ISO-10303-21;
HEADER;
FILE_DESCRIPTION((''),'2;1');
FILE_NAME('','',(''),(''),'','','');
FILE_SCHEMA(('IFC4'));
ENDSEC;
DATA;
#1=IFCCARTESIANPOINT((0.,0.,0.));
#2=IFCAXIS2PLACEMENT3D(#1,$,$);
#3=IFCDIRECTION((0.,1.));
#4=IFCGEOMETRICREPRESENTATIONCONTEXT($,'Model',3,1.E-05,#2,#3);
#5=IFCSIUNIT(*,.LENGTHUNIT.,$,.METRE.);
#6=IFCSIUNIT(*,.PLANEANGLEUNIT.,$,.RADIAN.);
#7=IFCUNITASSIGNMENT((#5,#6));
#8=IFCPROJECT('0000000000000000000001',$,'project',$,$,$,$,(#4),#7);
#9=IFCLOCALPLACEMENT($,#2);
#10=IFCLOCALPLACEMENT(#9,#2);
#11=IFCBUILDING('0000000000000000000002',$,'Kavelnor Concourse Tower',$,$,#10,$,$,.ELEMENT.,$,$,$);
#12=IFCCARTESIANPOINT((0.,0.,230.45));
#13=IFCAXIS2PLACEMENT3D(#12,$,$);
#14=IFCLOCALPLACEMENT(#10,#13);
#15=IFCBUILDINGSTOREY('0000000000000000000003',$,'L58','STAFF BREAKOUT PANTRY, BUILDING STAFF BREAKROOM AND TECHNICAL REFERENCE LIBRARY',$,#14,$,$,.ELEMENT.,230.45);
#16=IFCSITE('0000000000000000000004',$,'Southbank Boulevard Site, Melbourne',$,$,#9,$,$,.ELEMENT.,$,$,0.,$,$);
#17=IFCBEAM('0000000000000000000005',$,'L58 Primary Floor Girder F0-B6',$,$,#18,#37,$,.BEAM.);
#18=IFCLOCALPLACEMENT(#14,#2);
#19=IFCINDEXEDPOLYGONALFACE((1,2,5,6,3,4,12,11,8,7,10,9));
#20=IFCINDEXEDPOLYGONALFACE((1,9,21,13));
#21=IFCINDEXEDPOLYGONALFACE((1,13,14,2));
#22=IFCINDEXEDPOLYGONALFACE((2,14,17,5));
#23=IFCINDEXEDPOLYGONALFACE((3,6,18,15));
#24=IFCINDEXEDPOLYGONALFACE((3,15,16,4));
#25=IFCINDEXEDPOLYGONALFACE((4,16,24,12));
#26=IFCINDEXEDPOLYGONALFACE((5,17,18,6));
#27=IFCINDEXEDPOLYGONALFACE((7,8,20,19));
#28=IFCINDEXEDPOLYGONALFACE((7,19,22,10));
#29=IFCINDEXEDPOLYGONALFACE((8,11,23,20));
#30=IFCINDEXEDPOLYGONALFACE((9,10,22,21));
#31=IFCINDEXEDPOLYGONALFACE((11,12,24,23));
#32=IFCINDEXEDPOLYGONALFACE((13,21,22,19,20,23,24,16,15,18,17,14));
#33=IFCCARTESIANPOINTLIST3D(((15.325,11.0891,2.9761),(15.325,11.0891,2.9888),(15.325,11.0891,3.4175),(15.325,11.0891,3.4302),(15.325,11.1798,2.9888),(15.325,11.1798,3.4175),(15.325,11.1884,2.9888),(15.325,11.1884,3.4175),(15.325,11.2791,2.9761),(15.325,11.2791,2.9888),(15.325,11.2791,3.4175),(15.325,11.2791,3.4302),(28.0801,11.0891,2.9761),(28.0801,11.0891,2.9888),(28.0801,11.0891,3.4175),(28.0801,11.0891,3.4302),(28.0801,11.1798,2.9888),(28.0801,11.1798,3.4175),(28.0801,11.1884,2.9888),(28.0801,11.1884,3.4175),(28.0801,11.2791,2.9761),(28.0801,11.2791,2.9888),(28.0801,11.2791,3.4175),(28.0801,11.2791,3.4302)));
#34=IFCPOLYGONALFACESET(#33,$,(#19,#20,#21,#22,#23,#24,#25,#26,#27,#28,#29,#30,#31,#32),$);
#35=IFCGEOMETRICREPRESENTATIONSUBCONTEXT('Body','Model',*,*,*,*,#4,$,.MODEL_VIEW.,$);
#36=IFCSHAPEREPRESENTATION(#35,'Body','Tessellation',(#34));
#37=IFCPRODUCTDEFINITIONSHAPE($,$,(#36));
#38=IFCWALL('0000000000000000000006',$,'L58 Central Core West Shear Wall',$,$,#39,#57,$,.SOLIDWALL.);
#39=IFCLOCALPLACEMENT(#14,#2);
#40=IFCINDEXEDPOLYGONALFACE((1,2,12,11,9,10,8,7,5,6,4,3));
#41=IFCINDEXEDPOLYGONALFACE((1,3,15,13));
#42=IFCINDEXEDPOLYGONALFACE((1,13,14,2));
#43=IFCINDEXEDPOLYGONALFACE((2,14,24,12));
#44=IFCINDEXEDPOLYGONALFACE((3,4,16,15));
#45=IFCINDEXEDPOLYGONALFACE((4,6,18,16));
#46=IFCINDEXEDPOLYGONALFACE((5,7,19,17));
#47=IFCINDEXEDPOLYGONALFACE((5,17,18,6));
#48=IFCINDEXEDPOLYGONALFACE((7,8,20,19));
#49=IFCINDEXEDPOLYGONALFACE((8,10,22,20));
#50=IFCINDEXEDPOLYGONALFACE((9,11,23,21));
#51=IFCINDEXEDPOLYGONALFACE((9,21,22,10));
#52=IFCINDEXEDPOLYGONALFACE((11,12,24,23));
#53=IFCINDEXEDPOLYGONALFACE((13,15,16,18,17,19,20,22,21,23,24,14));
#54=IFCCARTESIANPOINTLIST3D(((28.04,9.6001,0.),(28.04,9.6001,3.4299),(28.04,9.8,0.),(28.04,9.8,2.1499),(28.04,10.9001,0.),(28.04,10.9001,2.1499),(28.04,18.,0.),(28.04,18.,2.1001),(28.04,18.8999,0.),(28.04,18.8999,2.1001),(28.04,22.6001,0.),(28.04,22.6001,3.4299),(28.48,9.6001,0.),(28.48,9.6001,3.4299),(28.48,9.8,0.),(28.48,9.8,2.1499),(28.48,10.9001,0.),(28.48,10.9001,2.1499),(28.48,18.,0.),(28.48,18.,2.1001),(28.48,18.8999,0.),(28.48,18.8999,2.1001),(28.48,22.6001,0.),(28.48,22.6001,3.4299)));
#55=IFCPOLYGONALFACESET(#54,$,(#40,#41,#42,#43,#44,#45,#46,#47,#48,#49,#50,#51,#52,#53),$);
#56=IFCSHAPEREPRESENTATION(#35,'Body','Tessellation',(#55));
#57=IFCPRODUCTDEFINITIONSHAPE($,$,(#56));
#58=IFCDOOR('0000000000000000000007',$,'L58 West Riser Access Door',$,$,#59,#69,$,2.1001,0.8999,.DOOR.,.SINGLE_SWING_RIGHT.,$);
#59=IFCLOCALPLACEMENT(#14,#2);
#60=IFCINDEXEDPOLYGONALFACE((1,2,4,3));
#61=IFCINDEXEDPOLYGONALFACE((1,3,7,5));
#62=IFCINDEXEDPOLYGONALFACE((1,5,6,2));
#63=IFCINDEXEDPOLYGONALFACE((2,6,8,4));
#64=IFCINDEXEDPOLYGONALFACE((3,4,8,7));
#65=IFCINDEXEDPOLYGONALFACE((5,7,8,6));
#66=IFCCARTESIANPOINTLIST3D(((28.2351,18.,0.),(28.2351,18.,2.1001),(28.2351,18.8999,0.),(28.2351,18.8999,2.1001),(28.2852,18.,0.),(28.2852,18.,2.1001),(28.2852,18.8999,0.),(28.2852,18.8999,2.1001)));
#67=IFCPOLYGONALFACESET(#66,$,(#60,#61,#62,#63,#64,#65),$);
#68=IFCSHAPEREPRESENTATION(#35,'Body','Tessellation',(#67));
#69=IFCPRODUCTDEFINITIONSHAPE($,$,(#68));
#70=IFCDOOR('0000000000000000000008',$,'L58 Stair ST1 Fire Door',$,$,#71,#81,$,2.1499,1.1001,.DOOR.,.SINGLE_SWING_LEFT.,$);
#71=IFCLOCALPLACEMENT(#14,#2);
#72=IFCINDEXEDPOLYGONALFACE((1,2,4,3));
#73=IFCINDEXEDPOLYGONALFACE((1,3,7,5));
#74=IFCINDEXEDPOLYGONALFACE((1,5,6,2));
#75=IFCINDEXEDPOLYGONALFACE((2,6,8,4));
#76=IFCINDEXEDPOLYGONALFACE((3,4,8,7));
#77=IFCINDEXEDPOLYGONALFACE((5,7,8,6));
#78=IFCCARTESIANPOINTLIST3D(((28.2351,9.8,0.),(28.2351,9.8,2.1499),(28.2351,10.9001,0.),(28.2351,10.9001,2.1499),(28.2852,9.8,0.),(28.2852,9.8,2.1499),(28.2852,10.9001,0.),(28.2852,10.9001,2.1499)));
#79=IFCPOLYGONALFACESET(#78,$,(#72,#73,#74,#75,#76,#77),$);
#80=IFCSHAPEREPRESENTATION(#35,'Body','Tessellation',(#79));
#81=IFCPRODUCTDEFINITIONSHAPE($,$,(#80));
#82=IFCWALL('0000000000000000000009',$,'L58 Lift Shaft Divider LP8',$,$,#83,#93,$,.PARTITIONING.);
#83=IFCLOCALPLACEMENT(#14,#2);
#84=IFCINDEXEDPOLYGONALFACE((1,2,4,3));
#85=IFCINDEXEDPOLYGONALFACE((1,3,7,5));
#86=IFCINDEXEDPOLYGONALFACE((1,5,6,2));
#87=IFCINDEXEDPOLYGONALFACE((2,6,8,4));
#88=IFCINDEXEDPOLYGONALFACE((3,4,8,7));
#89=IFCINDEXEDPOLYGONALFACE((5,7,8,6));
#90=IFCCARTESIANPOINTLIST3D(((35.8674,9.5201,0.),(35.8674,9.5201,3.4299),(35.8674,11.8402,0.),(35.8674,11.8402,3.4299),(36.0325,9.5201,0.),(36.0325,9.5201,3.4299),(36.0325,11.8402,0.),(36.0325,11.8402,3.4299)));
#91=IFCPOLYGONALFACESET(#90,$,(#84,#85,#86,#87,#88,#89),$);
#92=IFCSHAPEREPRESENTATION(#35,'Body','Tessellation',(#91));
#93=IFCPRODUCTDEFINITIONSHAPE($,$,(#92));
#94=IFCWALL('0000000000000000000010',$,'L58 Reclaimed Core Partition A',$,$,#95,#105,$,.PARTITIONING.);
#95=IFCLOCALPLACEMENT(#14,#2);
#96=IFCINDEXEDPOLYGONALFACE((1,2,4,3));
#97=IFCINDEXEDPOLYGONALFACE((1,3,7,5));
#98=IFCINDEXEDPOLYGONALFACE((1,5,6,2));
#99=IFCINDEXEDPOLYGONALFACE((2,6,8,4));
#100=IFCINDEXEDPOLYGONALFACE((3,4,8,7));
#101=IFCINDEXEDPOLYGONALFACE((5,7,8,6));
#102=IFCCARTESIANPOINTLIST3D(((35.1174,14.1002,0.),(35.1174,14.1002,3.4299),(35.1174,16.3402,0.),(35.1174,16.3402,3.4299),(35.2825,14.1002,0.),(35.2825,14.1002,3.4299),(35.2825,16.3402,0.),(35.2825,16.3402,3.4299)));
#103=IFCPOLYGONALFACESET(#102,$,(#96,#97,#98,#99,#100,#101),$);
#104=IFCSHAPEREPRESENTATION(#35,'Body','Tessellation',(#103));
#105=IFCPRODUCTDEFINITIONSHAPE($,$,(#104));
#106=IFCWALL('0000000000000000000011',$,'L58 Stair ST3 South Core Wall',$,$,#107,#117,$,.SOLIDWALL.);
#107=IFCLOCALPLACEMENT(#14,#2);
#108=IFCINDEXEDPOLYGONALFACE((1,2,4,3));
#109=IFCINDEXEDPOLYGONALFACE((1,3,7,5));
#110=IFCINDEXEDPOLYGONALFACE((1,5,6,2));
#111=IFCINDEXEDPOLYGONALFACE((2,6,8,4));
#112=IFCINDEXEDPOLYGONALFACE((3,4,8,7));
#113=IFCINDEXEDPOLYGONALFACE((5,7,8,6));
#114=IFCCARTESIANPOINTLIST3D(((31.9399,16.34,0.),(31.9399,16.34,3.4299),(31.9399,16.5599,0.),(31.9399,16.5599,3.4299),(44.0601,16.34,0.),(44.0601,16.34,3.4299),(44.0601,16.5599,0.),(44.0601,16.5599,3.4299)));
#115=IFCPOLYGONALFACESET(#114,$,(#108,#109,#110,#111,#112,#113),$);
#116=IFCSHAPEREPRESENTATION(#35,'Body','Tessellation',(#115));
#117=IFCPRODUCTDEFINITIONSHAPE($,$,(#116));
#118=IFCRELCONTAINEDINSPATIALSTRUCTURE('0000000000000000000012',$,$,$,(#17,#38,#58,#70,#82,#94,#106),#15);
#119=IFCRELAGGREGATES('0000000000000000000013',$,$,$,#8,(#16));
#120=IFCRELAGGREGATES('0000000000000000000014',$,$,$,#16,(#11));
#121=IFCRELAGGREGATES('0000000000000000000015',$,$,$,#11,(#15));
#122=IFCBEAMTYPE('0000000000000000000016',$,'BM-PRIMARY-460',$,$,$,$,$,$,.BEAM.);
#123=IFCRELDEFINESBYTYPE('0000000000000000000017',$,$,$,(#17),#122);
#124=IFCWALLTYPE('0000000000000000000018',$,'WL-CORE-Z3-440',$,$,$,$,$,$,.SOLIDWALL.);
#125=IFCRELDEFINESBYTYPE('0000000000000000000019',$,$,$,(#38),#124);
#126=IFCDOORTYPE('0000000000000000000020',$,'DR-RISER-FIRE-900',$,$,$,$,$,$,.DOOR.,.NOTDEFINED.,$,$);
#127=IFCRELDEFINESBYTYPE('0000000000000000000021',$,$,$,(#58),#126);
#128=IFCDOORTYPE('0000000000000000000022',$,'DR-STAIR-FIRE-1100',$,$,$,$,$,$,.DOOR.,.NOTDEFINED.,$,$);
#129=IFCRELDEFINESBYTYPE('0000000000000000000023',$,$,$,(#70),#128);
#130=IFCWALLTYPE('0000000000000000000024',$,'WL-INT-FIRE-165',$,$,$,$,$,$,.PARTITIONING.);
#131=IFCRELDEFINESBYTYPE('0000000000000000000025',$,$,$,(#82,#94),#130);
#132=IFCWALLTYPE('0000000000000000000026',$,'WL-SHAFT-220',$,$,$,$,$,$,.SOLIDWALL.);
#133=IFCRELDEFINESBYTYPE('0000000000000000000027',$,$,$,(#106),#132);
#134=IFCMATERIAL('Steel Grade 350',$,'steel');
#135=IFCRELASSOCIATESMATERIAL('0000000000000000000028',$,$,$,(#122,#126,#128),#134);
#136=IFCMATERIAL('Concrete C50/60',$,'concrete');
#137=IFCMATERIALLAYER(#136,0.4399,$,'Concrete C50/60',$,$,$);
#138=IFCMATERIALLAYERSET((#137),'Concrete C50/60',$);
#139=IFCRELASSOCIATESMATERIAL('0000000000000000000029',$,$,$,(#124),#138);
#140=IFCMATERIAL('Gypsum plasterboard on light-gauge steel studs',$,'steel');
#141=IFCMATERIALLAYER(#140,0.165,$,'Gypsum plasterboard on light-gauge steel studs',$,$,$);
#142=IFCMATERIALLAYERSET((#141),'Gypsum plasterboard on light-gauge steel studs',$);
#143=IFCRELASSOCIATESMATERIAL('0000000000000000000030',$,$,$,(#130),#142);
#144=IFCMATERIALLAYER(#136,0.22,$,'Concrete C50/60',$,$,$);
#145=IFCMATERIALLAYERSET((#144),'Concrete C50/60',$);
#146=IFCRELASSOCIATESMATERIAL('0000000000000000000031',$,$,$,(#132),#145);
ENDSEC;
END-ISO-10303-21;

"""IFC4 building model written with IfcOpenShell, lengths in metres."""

from ifc_helpers import new_model, si_unit, direction, frame, frame_2d, origin, origin_2d, place, context, subcontext, project, spatial, rectangle, i_section, extrude, material, layer, layer_set, material_profile, profile_set, type_object, element, fill, save


model = new_model("IFC4")

# Units and contexts
model_context = context("Model", 3, precision=1e-05, world=origin(), true_north=direction((0.0, 1.0)))
body_context = subcontext(model_context, "Body", "Model", "MODEL_VIEW")
ifc_project = project(units=[si_unit("LENGTHUNIT", "METRE"), si_unit("PLANEANGLEUNIT", "RADIAN")], contexts=[model_context])

# Site, building, storey
site_placement = place(None, origin())
site = spatial("IfcSite", under=ifc_project, at=site_placement, Name="Southbank Boulevard Site, Melbourne", CompositionType="ELEMENT", RefElevation=0.0)
building_placement = place(site_placement, origin())
building = spatial("IfcBuilding", under=site, at=building_placement, Name="Kavelnor Concourse Tower", CompositionType="ELEMENT")
storey_placement = place(building_placement, frame((0.0, 0.0, 230.45)))
storey = spatial("IfcBuildingStorey", under=building, at=storey_placement, Name="L58", Description="STAFF BREAKOUT PANTRY, BUILDING STAFF BREAKROOM AND TECHNICAL REFERENCE LIBRARY", CompositionType="ELEMENT", Elevation=230.45)

# Beam
ifc_material_1 = material(Name="Steel Grade 350", Category="steel")
ifc_material_profile = material_profile(ifc_material_1, i_section(OverallWidth=0.1899, OverallDepth=0.4541, WebThickness=0.0085, FlangeThickness=0.0127, at=origin_2d()), Name="460UB67")
ifc_profile_set = profile_set([ifc_material_profile], Name="Steel Grade 350")
beam_type = type_object("IfcBeamType", Name="BM-PRIMARY-460", PredefinedType="BEAM", material=ifc_profile_set)
beam_placement = place(storey_placement, frame((28.0801, 11.1841, 3.2031), z_axis=(-1.0, 0.0, 0.0), x_axis=(0.0, -1.0, 0.0)))
element("IfcBeam", 1, at=beam_placement, inside=storey, type_object=beam_type, Name="L58 Primary Floor Girder F0-B6", PredefinedType="BEAM", context=body_context, shape_type="SweptSolid", body=[
    extrude(i_section(OverallWidth=0.1899, OverallDepth=0.4541, WebThickness=0.0085, FlangeThickness=0.0127, at=origin_2d()), origin(), (0.0, 0.0, 1.0), 12.7551),
])

# Wall, openings, doors
ifc_material_2 = material(Name="Concrete C50/60", Category="concrete")
ifc_layer_1 = layer(ifc_material_2, 0.4399, Name="Concrete C50/60")
ifc_layer_set_1 = layer_set([ifc_layer_1], Name="Concrete C50/60")
wall_type_1 = type_object("IfcWallType", Name="WL-CORE-Z3-440", PredefinedType="SOLIDWALL", material=ifc_layer_set_1)
wall_1_placement = place(storey_placement, frame((28.26, 9.6001, 0.0), z_axis=(0.0, 0.0, 1.0), x_axis=(0.0, 1.0, 0.0)))
wall_1 = element("IfcWall", 2, at=wall_1_placement, inside=storey, type_object=wall_type_1, Name="L58 Central Core West Shear Wall", PredefinedType="SOLIDWALL", context=body_context, shape_type="SweptSolid", body=[
    extrude(rectangle(XDim=13.0, YDim=0.4399, at=frame_2d((6.5, 0.0))), origin(), (0.0, 0.0, 1.0), 3.4299),
])
opening_1_placement = place(wall_1_placement, frame((0.2, 0.0, 0.0)))
opening_1 = element("IfcOpeningElement", 3, at=opening_1_placement, cuts=wall_1, PredefinedType="OPENING", context=body_context, shape_type="SweptSolid", body=[
    extrude(rectangle(XDim=1.1001, YDim=2.1499, at=frame_2d((0.55, 1.075))), frame((0.0, 0.23, 0.0), z_axis=(0.0, -1.0, 0.0), x_axis=(1.0, 0.0, 0.0)), (0.0, 0.0, 1.0), 0.46),
])
opening_2_placement = place(wall_1_placement, frame((8.3999, 0.0, 0.0)))
opening_2 = element("IfcOpeningElement", 4, at=opening_2_placement, cuts=wall_1, PredefinedType="OPENING", context=body_context, shape_type="SweptSolid", body=[
    extrude(rectangle(XDim=0.8999, YDim=2.1001, at=frame_2d((0.45, 1.05))), frame((0.0, 0.23, 0.0), z_axis=(0.0, -1.0, 0.0), x_axis=(1.0, 0.0, 0.0)), (0.0, 0.0, 1.0), 0.46),
])
door_type_1 = type_object("IfcDoorType", Name="DR-RISER-FIRE-900", OperationType="NOTDEFINED", PredefinedType="DOOR", material=ifc_material_1)
door_1_placement = place(opening_2_placement, origin())
door_1 = element("IfcDoor", 5, at=door_1_placement, inside=storey, type_object=door_type_1, Name="L58 West Riser Access Door", OperationType="SINGLE_SWING_RIGHT", OverallHeight=2.1001, OverallWidth=0.8999, PredefinedType="DOOR", context=body_context, shape_type="SweptSolid", body=[
    extrude(rectangle(XDim=0.8999, YDim=2.1001, at=frame_2d((0.45, 1.05))), frame((0.0, 0.0249, 0.0), z_axis=(0.0, -1.0, 0.0), x_axis=(1.0, 0.0, 0.0)), (0.0, 0.0, 1.0), 0.05),
])
fill(opening_2, door_1)
door_type_2 = type_object("IfcDoorType", Name="DR-STAIR-FIRE-1100", OperationType="NOTDEFINED", PredefinedType="DOOR", material=ifc_material_1)
door_2_placement = place(opening_1_placement, origin())
door_2 = element("IfcDoor", 6, at=door_2_placement, inside=storey, type_object=door_type_2, Name="L58 Stair ST1 Fire Door", OperationType="SINGLE_SWING_LEFT", OverallHeight=2.1499, OverallWidth=1.1001, PredefinedType="DOOR", context=body_context, shape_type="SweptSolid", body=[
    extrude(rectangle(XDim=1.1001, YDim=2.1499, at=frame_2d((0.55, 1.075))), frame((0.0, 0.0249, 0.0), z_axis=(0.0, -1.0, 0.0), x_axis=(1.0, 0.0, 0.0)), (0.0, 0.0, 1.0), 0.05),
])
fill(opening_1, door_2)

# Walls
ifc_material_3 = material(Name="Gypsum plasterboard on light-gauge steel studs", Category="steel")
ifc_layer_2 = layer(ifc_material_3, 0.165, Name="Gypsum plasterboard on light-gauge steel studs")
ifc_layer_set_2 = layer_set([ifc_layer_2], Name="Gypsum plasterboard on light-gauge steel studs")
wall_type_2 = type_object("IfcWallType", Name="WL-INT-FIRE-165", PredefinedType="PARTITIONING", material=ifc_layer_set_2)
wall_2_placement = place(storey_placement, frame((35.95, 9.52, 0.0), z_axis=(0.0, 0.0, 1.0), x_axis=(0.0, 1.0, 0.0)))
element("IfcWall", 7, at=wall_2_placement, inside=storey, type_object=wall_type_2, Name="L58 Lift Shaft Divider LP8", PredefinedType="PARTITIONING", context=body_context, shape_type="SweptSolid", body=[
    extrude(rectangle(XDim=2.3201, YDim=0.165, at=frame_2d((1.1602, 0.0))), origin(), (0.0, 0.0, 1.0), 3.4299),
])
wall_3_placement = place(storey_placement, frame((35.2, 14.1001, 0.0), z_axis=(0.0, 0.0, 1.0), x_axis=(0.0, 1.0, 0.0)))
element("IfcWall", 8, at=wall_3_placement, inside=storey, type_object=wall_type_2, Name="L58 Reclaimed Core Partition A", PredefinedType="PARTITIONING", context=body_context, shape_type="SweptSolid", body=[
    extrude(rectangle(XDim=2.24, YDim=0.165, at=frame_2d((1.1201, 0.0))), origin(), (0.0, 0.0, 1.0), 3.4299),
])
ifc_layer_3 = layer(ifc_material_2, 0.22, Name="Concrete C50/60")
ifc_layer_set_3 = layer_set([ifc_layer_3], Name="Concrete C50/60")
wall_type_3 = type_object("IfcWallType", Name="WL-SHAFT-220", PredefinedType="SOLIDWALL", material=ifc_layer_set_3)
wall_4_placement = place(storey_placement, frame((31.9399, 16.45, 0.0), z_axis=(0.0, 0.0, 1.0), x_axis=(1.0, 0.0, 0.0)))
element("IfcWall", 9, at=wall_4_placement, inside=storey, type_object=wall_type_3, Name="L58 Stair ST3 South Core Wall", PredefinedType="SOLIDWALL", context=body_context, shape_type="SweptSolid", body=[
    extrude(rectangle(XDim=12.1201, YDim=0.22, at=frame_2d((6.0601, 0.0))), origin(), (0.0, 0.0, 1.0), 3.4299),
])

save(model, "model.ifc")
